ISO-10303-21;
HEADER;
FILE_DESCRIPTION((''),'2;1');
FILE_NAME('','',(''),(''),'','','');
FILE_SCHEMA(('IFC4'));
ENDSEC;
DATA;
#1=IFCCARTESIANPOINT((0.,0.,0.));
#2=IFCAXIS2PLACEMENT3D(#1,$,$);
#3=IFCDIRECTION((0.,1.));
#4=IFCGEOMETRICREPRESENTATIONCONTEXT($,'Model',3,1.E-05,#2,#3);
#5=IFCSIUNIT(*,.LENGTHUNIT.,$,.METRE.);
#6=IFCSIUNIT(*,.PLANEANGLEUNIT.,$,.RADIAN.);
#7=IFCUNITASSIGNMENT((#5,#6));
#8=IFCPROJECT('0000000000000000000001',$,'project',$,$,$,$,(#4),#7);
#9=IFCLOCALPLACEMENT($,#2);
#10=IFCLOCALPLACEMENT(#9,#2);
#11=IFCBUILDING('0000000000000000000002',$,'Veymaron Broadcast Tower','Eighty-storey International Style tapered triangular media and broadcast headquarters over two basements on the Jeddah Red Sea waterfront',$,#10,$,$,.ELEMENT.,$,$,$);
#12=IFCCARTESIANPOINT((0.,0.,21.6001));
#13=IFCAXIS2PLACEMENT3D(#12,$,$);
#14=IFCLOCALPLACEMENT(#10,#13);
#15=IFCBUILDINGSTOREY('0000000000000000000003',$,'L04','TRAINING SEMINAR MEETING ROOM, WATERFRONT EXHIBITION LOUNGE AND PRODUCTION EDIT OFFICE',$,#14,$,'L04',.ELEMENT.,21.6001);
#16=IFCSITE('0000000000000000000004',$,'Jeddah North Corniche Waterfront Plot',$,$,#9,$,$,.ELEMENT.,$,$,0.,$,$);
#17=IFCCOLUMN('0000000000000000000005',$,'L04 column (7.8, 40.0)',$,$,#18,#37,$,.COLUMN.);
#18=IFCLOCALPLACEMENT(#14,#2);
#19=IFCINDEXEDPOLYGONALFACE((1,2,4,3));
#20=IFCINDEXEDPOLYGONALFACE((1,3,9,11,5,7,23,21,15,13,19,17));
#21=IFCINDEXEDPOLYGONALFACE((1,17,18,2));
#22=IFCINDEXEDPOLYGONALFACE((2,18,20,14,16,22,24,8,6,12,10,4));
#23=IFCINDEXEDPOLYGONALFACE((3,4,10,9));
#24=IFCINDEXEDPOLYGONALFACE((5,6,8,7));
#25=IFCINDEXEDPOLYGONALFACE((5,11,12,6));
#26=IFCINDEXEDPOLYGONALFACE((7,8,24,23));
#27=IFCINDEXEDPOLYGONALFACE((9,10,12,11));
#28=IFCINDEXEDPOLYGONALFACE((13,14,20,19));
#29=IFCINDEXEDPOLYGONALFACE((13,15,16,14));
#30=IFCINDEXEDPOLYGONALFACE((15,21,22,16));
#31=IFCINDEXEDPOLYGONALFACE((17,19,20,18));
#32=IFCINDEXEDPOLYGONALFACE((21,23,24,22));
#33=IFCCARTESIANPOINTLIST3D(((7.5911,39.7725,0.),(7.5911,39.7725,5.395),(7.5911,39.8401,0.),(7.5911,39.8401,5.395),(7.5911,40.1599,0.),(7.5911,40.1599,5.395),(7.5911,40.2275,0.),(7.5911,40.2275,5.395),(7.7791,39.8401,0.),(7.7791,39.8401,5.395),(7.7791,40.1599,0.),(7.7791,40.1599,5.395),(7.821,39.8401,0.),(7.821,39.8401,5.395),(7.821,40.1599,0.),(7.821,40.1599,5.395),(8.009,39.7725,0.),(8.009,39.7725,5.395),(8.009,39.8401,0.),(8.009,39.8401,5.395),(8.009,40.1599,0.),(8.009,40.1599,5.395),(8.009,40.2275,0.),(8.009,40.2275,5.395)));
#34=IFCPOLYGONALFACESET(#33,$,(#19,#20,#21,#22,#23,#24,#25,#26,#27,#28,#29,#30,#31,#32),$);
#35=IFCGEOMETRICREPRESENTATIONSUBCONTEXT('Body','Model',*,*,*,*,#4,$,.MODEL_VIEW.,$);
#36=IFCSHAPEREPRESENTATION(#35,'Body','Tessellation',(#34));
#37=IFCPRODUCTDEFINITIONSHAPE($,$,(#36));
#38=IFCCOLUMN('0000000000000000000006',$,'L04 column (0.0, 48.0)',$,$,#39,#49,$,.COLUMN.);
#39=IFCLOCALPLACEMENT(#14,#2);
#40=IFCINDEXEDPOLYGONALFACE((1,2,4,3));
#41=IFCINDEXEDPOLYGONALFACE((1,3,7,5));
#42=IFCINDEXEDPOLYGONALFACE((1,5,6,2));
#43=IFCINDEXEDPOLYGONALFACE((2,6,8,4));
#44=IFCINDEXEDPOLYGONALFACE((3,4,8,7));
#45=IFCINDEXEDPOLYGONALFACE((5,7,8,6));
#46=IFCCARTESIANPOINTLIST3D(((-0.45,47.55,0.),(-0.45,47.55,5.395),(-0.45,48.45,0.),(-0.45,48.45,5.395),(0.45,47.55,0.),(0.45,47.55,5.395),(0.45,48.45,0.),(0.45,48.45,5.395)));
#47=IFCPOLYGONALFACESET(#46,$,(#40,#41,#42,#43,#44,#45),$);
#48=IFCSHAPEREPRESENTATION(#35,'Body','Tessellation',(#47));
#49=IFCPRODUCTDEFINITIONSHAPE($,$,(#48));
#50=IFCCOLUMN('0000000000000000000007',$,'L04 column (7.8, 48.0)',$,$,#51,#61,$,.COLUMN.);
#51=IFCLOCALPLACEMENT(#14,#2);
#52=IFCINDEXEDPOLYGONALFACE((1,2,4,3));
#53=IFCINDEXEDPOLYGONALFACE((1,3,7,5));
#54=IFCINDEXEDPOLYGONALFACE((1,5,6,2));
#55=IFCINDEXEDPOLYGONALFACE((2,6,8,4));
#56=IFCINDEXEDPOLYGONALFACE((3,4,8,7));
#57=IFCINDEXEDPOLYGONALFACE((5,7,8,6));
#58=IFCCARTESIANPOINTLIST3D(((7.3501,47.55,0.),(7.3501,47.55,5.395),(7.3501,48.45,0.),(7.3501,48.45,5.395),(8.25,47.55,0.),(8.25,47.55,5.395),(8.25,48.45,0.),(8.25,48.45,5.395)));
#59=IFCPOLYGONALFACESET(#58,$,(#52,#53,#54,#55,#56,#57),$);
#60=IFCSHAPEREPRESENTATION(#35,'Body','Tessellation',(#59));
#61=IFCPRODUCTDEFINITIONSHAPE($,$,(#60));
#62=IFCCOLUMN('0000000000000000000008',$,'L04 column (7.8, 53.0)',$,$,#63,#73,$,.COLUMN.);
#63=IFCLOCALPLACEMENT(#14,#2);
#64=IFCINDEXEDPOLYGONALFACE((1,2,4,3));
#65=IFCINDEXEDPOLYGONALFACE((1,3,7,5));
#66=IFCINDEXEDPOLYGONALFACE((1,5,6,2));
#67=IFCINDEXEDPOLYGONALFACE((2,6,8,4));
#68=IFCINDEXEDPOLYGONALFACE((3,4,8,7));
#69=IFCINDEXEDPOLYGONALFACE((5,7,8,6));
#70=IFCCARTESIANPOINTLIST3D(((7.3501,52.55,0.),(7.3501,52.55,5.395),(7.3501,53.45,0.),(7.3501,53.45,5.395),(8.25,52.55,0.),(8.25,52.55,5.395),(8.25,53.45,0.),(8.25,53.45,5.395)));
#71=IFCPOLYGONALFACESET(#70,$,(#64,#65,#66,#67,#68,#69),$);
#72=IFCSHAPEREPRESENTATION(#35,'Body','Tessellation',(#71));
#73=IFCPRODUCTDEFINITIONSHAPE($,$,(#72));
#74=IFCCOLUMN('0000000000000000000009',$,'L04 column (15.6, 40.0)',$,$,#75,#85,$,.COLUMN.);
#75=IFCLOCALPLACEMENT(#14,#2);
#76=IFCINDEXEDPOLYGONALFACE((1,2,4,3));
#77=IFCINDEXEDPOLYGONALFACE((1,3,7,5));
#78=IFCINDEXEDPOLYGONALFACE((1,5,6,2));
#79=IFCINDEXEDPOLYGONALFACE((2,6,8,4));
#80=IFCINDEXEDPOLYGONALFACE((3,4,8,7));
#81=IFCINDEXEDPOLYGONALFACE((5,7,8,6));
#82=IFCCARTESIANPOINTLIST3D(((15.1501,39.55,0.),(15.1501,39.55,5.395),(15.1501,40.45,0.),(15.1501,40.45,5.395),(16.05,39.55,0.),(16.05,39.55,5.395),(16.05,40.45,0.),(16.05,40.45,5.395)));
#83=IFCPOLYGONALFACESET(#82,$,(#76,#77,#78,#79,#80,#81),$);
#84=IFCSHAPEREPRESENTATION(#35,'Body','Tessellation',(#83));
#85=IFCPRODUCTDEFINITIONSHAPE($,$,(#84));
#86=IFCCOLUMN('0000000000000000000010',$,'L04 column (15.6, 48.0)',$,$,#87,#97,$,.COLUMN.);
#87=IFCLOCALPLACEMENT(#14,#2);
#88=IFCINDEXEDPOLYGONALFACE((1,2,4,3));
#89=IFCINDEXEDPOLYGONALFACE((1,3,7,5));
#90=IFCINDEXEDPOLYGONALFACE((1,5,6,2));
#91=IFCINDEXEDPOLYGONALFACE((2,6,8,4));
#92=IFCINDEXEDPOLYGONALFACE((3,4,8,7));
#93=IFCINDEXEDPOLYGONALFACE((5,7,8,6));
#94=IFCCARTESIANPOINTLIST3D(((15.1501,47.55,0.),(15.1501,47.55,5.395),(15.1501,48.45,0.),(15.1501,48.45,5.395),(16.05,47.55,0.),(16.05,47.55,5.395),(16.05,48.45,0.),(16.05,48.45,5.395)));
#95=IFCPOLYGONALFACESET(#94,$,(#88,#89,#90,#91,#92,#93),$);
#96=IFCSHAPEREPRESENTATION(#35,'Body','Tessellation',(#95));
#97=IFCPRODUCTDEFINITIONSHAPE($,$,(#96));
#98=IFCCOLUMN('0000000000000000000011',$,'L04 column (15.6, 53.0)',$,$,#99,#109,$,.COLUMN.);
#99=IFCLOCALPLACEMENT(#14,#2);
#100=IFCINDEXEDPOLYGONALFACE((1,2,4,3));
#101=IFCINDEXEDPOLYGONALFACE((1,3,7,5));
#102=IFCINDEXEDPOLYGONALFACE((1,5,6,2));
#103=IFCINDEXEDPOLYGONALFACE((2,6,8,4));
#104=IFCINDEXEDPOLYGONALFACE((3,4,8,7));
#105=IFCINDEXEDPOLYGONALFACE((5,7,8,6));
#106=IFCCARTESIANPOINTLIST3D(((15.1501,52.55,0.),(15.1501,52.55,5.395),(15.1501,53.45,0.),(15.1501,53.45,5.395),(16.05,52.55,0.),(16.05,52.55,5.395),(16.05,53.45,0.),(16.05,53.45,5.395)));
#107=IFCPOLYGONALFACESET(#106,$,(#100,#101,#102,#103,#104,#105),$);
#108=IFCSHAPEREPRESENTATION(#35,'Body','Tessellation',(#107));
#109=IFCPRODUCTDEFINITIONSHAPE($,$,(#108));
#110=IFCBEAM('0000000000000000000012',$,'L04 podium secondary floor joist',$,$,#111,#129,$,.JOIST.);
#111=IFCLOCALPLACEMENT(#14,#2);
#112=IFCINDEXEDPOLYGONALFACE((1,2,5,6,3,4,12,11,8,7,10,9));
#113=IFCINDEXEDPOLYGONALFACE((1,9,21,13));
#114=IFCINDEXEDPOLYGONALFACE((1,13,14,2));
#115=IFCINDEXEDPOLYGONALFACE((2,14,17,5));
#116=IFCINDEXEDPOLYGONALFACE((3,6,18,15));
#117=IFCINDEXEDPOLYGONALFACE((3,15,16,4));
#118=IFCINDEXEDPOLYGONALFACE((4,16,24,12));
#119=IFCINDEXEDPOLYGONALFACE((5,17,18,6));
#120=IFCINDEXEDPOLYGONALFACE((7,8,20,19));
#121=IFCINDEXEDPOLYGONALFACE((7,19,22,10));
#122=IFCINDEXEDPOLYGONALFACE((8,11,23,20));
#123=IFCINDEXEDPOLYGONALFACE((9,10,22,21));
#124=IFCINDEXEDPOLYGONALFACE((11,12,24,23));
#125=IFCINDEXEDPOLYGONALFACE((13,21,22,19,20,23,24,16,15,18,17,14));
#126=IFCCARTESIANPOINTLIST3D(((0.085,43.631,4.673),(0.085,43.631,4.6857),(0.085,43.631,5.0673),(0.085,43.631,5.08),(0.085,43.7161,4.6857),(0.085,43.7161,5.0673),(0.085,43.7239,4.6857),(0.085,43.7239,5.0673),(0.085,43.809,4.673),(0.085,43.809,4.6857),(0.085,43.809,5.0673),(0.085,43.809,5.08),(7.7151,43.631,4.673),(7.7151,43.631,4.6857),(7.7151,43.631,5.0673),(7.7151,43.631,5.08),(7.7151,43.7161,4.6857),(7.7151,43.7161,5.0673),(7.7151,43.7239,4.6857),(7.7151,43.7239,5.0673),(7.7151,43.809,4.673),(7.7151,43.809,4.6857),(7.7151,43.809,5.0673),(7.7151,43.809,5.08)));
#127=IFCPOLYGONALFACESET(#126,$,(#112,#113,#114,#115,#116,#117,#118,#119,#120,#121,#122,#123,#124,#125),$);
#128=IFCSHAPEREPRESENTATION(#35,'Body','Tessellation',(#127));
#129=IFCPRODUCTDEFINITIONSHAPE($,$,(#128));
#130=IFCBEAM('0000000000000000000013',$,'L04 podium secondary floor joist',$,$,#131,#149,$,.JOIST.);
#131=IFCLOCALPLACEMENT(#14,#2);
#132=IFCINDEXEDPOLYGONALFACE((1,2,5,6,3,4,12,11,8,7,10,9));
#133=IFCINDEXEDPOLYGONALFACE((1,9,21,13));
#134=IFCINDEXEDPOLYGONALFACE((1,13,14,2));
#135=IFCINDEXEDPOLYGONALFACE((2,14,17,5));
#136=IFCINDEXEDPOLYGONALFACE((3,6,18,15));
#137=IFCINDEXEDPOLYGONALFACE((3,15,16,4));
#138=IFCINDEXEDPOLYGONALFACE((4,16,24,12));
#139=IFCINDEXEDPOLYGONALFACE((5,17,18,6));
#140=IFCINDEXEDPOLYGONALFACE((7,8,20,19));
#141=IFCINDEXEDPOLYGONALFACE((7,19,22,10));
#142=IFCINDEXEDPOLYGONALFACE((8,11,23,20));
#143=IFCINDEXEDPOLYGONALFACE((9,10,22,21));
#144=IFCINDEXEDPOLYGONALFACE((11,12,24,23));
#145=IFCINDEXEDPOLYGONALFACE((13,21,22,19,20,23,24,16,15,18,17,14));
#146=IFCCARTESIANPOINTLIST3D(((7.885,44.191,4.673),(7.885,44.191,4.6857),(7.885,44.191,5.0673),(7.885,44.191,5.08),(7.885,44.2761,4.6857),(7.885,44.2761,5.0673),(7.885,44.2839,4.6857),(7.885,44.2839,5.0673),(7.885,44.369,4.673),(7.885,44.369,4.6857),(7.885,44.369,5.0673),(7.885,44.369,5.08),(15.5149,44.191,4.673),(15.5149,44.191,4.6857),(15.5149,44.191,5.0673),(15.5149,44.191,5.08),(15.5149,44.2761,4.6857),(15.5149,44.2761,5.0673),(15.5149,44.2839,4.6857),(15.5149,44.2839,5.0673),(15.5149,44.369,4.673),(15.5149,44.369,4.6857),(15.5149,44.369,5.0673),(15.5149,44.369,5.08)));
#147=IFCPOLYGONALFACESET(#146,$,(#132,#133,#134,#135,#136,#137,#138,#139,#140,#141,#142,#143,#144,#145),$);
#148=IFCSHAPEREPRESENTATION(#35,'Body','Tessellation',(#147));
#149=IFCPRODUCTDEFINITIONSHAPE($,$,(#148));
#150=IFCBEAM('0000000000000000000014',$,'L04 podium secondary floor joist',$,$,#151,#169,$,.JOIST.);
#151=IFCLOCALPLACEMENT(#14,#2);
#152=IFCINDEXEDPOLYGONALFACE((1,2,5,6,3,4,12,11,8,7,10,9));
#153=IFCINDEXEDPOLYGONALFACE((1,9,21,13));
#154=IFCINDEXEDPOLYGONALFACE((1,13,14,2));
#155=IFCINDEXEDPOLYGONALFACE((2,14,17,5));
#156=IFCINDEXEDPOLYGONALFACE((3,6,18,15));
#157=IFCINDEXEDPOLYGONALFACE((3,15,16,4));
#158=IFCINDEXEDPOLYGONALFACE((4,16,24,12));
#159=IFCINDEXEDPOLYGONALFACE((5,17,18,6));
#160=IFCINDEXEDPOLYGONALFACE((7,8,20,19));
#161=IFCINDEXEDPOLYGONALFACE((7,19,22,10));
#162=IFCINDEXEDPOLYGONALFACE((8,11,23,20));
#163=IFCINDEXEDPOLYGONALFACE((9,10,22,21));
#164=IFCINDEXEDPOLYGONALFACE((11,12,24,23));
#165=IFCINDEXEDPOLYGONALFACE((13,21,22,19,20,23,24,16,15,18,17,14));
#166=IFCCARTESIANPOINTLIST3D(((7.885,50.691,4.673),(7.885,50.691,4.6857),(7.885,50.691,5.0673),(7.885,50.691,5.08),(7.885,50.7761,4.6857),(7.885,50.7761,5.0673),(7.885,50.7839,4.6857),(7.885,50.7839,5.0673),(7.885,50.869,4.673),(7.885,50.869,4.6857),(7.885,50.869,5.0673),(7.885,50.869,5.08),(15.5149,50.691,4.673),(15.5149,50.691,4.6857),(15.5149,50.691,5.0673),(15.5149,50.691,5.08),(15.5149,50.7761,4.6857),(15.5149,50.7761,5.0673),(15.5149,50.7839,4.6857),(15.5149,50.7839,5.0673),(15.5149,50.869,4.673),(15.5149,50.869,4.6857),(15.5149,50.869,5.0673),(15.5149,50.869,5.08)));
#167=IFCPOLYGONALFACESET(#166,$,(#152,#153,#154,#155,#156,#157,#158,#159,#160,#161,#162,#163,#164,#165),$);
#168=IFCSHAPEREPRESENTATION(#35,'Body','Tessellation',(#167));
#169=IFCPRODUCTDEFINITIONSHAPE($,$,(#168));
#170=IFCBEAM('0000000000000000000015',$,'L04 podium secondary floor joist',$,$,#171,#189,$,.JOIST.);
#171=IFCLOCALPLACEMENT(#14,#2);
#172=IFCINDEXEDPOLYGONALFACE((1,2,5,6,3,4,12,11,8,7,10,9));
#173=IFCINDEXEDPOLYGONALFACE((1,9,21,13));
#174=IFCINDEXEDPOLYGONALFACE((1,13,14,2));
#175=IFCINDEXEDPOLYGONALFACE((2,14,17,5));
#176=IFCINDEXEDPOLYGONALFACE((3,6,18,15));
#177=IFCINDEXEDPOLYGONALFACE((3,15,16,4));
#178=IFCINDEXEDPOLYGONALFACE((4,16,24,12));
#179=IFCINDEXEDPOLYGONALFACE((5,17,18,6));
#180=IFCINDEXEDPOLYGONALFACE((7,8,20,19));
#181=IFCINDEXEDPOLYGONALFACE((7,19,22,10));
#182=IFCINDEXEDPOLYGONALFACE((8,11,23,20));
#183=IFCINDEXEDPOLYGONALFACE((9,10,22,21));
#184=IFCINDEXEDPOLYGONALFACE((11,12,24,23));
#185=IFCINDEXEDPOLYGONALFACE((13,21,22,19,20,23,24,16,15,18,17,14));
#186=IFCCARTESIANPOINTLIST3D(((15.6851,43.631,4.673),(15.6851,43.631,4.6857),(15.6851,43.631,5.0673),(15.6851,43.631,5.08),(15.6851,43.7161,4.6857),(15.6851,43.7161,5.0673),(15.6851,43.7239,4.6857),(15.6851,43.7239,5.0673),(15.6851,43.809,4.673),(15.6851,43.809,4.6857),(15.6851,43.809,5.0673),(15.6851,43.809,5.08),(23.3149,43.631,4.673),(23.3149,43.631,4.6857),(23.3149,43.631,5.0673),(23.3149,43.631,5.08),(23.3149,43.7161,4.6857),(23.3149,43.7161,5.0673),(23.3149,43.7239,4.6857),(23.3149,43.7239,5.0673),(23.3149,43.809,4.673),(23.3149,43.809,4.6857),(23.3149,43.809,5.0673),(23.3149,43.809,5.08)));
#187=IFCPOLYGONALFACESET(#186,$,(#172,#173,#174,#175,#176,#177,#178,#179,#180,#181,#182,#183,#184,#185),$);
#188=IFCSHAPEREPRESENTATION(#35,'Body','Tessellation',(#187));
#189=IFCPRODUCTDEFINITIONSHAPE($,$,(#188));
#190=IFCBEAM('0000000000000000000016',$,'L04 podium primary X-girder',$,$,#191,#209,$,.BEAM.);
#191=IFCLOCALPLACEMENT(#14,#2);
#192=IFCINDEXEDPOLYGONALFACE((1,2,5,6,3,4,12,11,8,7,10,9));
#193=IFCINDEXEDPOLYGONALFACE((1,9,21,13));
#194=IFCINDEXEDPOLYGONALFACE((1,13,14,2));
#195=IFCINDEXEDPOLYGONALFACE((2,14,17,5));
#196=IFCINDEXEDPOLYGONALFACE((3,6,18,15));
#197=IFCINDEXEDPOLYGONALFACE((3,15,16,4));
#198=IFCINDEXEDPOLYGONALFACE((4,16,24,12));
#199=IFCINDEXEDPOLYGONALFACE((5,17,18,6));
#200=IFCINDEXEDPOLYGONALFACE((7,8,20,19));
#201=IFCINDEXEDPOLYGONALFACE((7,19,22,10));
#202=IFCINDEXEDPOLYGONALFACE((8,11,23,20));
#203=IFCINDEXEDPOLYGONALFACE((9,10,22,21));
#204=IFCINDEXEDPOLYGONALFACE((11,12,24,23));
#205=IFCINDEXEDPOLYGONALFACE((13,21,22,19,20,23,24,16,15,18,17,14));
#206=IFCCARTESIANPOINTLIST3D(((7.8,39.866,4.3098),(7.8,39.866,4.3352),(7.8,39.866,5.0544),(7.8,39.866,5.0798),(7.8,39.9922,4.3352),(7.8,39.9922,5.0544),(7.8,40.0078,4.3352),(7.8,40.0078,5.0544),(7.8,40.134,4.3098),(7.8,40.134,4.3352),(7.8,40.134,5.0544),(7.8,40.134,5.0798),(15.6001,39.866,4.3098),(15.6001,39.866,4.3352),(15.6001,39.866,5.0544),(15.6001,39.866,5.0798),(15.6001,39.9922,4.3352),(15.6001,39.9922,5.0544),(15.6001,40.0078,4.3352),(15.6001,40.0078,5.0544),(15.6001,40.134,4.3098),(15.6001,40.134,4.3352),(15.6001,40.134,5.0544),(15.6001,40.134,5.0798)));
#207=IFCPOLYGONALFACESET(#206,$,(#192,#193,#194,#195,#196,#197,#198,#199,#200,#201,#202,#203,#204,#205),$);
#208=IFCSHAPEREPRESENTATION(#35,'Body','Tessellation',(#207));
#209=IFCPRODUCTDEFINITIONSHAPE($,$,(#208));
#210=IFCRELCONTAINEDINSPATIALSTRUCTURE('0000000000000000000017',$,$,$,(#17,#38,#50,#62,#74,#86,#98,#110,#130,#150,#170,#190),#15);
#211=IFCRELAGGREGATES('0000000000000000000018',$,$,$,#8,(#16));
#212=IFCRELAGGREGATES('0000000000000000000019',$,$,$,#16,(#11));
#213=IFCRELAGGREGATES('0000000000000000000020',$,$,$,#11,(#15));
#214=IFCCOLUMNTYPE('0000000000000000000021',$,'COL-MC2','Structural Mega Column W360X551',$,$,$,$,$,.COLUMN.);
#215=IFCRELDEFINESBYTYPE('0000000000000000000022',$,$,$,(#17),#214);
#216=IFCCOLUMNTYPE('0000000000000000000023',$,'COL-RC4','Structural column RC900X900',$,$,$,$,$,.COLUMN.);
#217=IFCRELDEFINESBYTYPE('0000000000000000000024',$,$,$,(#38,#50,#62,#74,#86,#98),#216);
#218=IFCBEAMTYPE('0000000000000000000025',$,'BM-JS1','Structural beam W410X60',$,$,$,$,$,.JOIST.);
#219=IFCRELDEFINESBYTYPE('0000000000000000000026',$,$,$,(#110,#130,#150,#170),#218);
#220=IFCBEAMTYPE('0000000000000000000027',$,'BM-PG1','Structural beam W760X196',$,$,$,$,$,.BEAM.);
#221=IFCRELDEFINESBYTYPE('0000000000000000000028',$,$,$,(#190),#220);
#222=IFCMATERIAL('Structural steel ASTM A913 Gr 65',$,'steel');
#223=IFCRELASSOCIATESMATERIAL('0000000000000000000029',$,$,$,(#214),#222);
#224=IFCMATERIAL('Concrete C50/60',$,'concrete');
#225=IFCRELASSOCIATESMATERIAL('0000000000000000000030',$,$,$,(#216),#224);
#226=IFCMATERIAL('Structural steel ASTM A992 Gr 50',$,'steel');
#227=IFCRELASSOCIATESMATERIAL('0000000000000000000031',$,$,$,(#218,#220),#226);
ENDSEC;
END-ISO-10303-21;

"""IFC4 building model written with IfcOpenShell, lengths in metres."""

from ifc_helpers import new_model, si_unit, direction, frame, origin, origin_2d, place, context, subcontext, project, spatial, rectangle, i_section, extrude, material, material_profile, profile_set, type_object, element, save


model = new_model("IFC4")

# Units and contexts
model_context = context("Model", 3, precision=1e-05, world=origin(), true_north=direction((0.0, 1.0)))
body_context = subcontext(model_context, "Body", "Model", "MODEL_VIEW")
ifc_project = project(units=[si_unit("LENGTHUNIT", "METRE"), si_unit("PLANEANGLEUNIT", "RADIAN")], contexts=[model_context])

# Site, building, storey
site_placement = place(None, origin())
site = spatial("IfcSite", under=ifc_project, at=site_placement, Name="Jeddah North Corniche Waterfront Plot", CompositionType="ELEMENT", RefElevation=0.0)
building_placement = place(site_placement, origin())
building = spatial("IfcBuilding", under=site, at=building_placement, Name="Veymaron Broadcast Tower", Description="Eighty-storey International Style tapered triangular media and broadcast headquarters over two basements on the Jeddah Red Sea waterfront", CompositionType="ELEMENT")
storey_placement = place(building_placement, frame((0.0, 0.0, 21.6001)))
storey = spatial("IfcBuildingStorey", under=building, at=storey_placement, Name="L04", Description="TRAINING SEMINAR MEETING ROOM, WATERFRONT EXHIBITION LOUNGE AND PRODUCTION EDIT OFFICE", LongName="L04", CompositionType="ELEMENT", Elevation=21.6001)

# Columns
ifc_material_1 = material(Name="Structural steel ASTM A913 Gr 65", Category="steel")
ifc_material_profile_1 = material_profile(ifc_material_1, i_section(OverallWidth=0.418, OverallDepth=0.4551, WebThickness=0.042, FlangeThickness=0.0676, at=origin_2d()), Name="W360X551")
ifc_profile_set_1 = profile_set([ifc_material_profile_1], Name="Structural steel ASTM A913 Gr 65")
column_type_1 = type_object("IfcColumnType", Name="COL-MC2", Description="Structural Mega Column W360X551", PredefinedType="COLUMN", material=ifc_profile_set_1)
column_placement = place(storey_placement, frame((7.8, 40.0, 0.0), z_axis=(0.0, 0.0, 1.0), x_axis=(1.0, 0.0, 0.0)))
element("IfcColumn", 1, at=column_placement, inside=storey, type_object=column_type_1, Name="L04 column (7.8, 40.0)", PredefinedType="COLUMN", context=body_context, shape_type="SweptSolid", body=[
    extrude(i_section(OverallWidth=0.418, OverallDepth=0.4551, WebThickness=0.042, FlangeThickness=0.0676, at=origin_2d()), origin(), (0.0, 0.0, 1.0), 5.395),
])
ifc_material_2 = material(Name="Concrete C50/60", Category="concrete")
ifc_material_profile_2 = material_profile(ifc_material_2, rectangle(XDim=0.8999, YDim=0.8999, at=origin_2d()), Name="RC900X900")
ifc_profile_set_2 = profile_set([ifc_material_profile_2], Name="Concrete C50/60")
column_type_2 = type_object("IfcColumnType", Name="COL-RC4", Description="Structural column RC900X900", PredefinedType="COLUMN", material=ifc_profile_set_2)
for number, where, z_axis, x_axis, name in (
    (2, (0.0, 48.0, 0.0), (0.0, 0.0, 1.0), (1.0, 0.0, 0.0), "L04 column (0.0, 48.0)"),
    (3, (7.8, 48.0, 0.0), (0.0, 0.0, 1.0), (1.0, 0.0, 0.0), "L04 column (7.8, 48.0)"),
    (4, (7.8, 53.0, 0.0), (0.0, 0.0, 1.0), (1.0, 0.0, 0.0), "L04 column (7.8, 53.0)"),
    (5, (15.6001, 40.0, 0.0), (0.0, 0.0, 1.0), (1.0, 0.0, 0.0), "L04 column (15.6, 40.0)"),
    (6, (15.6001, 48.0, 0.0), (0.0, 0.0, 1.0), (1.0, 0.0, 0.0), "L04 column (15.6, 48.0)"),
    (7, (15.6001, 53.0, 0.0), (0.0, 0.0, 1.0), (1.0, 0.0, 0.0), "L04 column (15.6, 53.0)"),
):
    element("IfcColumn", number, at=place(storey_placement, frame(where, z_axis=z_axis, x_axis=x_axis)), inside=storey, type_object=column_type_2, Name=name, PredefinedType="COLUMN", context=body_context, shape_type="SweptSolid", body=[
        extrude(rectangle(XDim=0.8999, YDim=0.8999, at=origin_2d()), origin(), (0.0, 0.0, 1.0), 5.395),
    ])

# Beams
ifc_material_3 = material(Name="Structural steel ASTM A992 Gr 50", Category="steel")
ifc_material_profile_3 = material_profile(ifc_material_3, i_section(OverallWidth=0.178, OverallDepth=0.407, WebThickness=0.0078, FlangeThickness=0.0127, at=origin_2d()), Name="W410X60")
ifc_profile_set_3 = profile_set([ifc_material_profile_3], Name="Structural steel ASTM A992 Gr 50")
beam_type_1 = type_object("IfcBeamType", Name="BM-JS1", Description="Structural beam W410X60", PredefinedType="JOIST", material=ifc_profile_set_3)
beam_1_placement = place(storey_placement, frame((0.085, 43.72, 4.8765), z_axis=(1.0, 0.0, 0.0), x_axis=(0.0, 1.0, 0.0)))
element("IfcBeam", 8, at=beam_1_placement, inside=storey, type_object=beam_type_1, Name="L04 podium secondary floor joist", PredefinedType="JOIST", context=body_context, shape_type="SweptSolid", body=[
    extrude(i_section(OverallWidth=0.178, OverallDepth=0.407, WebThickness=0.0078, FlangeThickness=0.0127, at=origin_2d()), origin(), (0.0, 0.0, 1.0), 7.6301),
])
for number, where, z_axis, x_axis, name in (
    (9, (7.885, 44.28, 4.8765), (1.0, 0.0, 0.0), (0.0, 1.0, 0.0), "L04 podium secondary floor joist"),
    (10, (7.885, 50.78, 4.8765), (1.0, 0.0, 0.0), (0.0, 1.0, 0.0), "L04 podium secondary floor joist"),
    (11, (15.6851, 43.72, 4.8765), (1.0, 0.0, 0.0), (0.0, 1.0, 0.0), "L04 podium secondary floor joist"),
):
    element("IfcBeam", number, at=place(storey_placement, frame(where, z_axis=z_axis, x_axis=x_axis)), inside=storey, type_object=beam_type_1, Name=name, PredefinedType="JOIST", context=body_context, shape_type="SweptSolid", body=[
        extrude(i_section(OverallWidth=0.178, OverallDepth=0.407, WebThickness=0.0078, FlangeThickness=0.0127, at=origin_2d()), origin(), (0.0, 0.0, 1.0), 7.6299),
    ])
ifc_material_profile_4 = material_profile(ifc_material_3, i_section(OverallWidth=0.2681, OverallDepth=0.77, WebThickness=0.0156, FlangeThickness=0.0254, at=origin_2d()), Name="W760X196")
ifc_profile_set_4 = profile_set([ifc_material_profile_4], Name="Structural steel ASTM A992 Gr 50")
beam_type_2 = type_object("IfcBeamType", Name="BM-PG1", Description="Structural beam W760X196", PredefinedType="BEAM", material=ifc_profile_set_4)
beam_2_placement = place(storey_placement, frame((7.8, 40.0, 4.6948), z_axis=(1.0, 0.0, 0.0), x_axis=(0.0, 1.0, 0.0)))
element("IfcBeam", 12, at=beam_2_placement, inside=storey, type_object=beam_type_2, Name="L04 podium primary X-girder", PredefinedType="BEAM", context=body_context, shape_type="SweptSolid", body=[
    extrude(i_section(OverallWidth=0.2681, OverallDepth=0.77, WebThickness=0.0156, FlangeThickness=0.0254, at=origin_2d()), origin(), (0.0, 0.0, 1.0), 7.8),
])

save(model, "model.ifc")
